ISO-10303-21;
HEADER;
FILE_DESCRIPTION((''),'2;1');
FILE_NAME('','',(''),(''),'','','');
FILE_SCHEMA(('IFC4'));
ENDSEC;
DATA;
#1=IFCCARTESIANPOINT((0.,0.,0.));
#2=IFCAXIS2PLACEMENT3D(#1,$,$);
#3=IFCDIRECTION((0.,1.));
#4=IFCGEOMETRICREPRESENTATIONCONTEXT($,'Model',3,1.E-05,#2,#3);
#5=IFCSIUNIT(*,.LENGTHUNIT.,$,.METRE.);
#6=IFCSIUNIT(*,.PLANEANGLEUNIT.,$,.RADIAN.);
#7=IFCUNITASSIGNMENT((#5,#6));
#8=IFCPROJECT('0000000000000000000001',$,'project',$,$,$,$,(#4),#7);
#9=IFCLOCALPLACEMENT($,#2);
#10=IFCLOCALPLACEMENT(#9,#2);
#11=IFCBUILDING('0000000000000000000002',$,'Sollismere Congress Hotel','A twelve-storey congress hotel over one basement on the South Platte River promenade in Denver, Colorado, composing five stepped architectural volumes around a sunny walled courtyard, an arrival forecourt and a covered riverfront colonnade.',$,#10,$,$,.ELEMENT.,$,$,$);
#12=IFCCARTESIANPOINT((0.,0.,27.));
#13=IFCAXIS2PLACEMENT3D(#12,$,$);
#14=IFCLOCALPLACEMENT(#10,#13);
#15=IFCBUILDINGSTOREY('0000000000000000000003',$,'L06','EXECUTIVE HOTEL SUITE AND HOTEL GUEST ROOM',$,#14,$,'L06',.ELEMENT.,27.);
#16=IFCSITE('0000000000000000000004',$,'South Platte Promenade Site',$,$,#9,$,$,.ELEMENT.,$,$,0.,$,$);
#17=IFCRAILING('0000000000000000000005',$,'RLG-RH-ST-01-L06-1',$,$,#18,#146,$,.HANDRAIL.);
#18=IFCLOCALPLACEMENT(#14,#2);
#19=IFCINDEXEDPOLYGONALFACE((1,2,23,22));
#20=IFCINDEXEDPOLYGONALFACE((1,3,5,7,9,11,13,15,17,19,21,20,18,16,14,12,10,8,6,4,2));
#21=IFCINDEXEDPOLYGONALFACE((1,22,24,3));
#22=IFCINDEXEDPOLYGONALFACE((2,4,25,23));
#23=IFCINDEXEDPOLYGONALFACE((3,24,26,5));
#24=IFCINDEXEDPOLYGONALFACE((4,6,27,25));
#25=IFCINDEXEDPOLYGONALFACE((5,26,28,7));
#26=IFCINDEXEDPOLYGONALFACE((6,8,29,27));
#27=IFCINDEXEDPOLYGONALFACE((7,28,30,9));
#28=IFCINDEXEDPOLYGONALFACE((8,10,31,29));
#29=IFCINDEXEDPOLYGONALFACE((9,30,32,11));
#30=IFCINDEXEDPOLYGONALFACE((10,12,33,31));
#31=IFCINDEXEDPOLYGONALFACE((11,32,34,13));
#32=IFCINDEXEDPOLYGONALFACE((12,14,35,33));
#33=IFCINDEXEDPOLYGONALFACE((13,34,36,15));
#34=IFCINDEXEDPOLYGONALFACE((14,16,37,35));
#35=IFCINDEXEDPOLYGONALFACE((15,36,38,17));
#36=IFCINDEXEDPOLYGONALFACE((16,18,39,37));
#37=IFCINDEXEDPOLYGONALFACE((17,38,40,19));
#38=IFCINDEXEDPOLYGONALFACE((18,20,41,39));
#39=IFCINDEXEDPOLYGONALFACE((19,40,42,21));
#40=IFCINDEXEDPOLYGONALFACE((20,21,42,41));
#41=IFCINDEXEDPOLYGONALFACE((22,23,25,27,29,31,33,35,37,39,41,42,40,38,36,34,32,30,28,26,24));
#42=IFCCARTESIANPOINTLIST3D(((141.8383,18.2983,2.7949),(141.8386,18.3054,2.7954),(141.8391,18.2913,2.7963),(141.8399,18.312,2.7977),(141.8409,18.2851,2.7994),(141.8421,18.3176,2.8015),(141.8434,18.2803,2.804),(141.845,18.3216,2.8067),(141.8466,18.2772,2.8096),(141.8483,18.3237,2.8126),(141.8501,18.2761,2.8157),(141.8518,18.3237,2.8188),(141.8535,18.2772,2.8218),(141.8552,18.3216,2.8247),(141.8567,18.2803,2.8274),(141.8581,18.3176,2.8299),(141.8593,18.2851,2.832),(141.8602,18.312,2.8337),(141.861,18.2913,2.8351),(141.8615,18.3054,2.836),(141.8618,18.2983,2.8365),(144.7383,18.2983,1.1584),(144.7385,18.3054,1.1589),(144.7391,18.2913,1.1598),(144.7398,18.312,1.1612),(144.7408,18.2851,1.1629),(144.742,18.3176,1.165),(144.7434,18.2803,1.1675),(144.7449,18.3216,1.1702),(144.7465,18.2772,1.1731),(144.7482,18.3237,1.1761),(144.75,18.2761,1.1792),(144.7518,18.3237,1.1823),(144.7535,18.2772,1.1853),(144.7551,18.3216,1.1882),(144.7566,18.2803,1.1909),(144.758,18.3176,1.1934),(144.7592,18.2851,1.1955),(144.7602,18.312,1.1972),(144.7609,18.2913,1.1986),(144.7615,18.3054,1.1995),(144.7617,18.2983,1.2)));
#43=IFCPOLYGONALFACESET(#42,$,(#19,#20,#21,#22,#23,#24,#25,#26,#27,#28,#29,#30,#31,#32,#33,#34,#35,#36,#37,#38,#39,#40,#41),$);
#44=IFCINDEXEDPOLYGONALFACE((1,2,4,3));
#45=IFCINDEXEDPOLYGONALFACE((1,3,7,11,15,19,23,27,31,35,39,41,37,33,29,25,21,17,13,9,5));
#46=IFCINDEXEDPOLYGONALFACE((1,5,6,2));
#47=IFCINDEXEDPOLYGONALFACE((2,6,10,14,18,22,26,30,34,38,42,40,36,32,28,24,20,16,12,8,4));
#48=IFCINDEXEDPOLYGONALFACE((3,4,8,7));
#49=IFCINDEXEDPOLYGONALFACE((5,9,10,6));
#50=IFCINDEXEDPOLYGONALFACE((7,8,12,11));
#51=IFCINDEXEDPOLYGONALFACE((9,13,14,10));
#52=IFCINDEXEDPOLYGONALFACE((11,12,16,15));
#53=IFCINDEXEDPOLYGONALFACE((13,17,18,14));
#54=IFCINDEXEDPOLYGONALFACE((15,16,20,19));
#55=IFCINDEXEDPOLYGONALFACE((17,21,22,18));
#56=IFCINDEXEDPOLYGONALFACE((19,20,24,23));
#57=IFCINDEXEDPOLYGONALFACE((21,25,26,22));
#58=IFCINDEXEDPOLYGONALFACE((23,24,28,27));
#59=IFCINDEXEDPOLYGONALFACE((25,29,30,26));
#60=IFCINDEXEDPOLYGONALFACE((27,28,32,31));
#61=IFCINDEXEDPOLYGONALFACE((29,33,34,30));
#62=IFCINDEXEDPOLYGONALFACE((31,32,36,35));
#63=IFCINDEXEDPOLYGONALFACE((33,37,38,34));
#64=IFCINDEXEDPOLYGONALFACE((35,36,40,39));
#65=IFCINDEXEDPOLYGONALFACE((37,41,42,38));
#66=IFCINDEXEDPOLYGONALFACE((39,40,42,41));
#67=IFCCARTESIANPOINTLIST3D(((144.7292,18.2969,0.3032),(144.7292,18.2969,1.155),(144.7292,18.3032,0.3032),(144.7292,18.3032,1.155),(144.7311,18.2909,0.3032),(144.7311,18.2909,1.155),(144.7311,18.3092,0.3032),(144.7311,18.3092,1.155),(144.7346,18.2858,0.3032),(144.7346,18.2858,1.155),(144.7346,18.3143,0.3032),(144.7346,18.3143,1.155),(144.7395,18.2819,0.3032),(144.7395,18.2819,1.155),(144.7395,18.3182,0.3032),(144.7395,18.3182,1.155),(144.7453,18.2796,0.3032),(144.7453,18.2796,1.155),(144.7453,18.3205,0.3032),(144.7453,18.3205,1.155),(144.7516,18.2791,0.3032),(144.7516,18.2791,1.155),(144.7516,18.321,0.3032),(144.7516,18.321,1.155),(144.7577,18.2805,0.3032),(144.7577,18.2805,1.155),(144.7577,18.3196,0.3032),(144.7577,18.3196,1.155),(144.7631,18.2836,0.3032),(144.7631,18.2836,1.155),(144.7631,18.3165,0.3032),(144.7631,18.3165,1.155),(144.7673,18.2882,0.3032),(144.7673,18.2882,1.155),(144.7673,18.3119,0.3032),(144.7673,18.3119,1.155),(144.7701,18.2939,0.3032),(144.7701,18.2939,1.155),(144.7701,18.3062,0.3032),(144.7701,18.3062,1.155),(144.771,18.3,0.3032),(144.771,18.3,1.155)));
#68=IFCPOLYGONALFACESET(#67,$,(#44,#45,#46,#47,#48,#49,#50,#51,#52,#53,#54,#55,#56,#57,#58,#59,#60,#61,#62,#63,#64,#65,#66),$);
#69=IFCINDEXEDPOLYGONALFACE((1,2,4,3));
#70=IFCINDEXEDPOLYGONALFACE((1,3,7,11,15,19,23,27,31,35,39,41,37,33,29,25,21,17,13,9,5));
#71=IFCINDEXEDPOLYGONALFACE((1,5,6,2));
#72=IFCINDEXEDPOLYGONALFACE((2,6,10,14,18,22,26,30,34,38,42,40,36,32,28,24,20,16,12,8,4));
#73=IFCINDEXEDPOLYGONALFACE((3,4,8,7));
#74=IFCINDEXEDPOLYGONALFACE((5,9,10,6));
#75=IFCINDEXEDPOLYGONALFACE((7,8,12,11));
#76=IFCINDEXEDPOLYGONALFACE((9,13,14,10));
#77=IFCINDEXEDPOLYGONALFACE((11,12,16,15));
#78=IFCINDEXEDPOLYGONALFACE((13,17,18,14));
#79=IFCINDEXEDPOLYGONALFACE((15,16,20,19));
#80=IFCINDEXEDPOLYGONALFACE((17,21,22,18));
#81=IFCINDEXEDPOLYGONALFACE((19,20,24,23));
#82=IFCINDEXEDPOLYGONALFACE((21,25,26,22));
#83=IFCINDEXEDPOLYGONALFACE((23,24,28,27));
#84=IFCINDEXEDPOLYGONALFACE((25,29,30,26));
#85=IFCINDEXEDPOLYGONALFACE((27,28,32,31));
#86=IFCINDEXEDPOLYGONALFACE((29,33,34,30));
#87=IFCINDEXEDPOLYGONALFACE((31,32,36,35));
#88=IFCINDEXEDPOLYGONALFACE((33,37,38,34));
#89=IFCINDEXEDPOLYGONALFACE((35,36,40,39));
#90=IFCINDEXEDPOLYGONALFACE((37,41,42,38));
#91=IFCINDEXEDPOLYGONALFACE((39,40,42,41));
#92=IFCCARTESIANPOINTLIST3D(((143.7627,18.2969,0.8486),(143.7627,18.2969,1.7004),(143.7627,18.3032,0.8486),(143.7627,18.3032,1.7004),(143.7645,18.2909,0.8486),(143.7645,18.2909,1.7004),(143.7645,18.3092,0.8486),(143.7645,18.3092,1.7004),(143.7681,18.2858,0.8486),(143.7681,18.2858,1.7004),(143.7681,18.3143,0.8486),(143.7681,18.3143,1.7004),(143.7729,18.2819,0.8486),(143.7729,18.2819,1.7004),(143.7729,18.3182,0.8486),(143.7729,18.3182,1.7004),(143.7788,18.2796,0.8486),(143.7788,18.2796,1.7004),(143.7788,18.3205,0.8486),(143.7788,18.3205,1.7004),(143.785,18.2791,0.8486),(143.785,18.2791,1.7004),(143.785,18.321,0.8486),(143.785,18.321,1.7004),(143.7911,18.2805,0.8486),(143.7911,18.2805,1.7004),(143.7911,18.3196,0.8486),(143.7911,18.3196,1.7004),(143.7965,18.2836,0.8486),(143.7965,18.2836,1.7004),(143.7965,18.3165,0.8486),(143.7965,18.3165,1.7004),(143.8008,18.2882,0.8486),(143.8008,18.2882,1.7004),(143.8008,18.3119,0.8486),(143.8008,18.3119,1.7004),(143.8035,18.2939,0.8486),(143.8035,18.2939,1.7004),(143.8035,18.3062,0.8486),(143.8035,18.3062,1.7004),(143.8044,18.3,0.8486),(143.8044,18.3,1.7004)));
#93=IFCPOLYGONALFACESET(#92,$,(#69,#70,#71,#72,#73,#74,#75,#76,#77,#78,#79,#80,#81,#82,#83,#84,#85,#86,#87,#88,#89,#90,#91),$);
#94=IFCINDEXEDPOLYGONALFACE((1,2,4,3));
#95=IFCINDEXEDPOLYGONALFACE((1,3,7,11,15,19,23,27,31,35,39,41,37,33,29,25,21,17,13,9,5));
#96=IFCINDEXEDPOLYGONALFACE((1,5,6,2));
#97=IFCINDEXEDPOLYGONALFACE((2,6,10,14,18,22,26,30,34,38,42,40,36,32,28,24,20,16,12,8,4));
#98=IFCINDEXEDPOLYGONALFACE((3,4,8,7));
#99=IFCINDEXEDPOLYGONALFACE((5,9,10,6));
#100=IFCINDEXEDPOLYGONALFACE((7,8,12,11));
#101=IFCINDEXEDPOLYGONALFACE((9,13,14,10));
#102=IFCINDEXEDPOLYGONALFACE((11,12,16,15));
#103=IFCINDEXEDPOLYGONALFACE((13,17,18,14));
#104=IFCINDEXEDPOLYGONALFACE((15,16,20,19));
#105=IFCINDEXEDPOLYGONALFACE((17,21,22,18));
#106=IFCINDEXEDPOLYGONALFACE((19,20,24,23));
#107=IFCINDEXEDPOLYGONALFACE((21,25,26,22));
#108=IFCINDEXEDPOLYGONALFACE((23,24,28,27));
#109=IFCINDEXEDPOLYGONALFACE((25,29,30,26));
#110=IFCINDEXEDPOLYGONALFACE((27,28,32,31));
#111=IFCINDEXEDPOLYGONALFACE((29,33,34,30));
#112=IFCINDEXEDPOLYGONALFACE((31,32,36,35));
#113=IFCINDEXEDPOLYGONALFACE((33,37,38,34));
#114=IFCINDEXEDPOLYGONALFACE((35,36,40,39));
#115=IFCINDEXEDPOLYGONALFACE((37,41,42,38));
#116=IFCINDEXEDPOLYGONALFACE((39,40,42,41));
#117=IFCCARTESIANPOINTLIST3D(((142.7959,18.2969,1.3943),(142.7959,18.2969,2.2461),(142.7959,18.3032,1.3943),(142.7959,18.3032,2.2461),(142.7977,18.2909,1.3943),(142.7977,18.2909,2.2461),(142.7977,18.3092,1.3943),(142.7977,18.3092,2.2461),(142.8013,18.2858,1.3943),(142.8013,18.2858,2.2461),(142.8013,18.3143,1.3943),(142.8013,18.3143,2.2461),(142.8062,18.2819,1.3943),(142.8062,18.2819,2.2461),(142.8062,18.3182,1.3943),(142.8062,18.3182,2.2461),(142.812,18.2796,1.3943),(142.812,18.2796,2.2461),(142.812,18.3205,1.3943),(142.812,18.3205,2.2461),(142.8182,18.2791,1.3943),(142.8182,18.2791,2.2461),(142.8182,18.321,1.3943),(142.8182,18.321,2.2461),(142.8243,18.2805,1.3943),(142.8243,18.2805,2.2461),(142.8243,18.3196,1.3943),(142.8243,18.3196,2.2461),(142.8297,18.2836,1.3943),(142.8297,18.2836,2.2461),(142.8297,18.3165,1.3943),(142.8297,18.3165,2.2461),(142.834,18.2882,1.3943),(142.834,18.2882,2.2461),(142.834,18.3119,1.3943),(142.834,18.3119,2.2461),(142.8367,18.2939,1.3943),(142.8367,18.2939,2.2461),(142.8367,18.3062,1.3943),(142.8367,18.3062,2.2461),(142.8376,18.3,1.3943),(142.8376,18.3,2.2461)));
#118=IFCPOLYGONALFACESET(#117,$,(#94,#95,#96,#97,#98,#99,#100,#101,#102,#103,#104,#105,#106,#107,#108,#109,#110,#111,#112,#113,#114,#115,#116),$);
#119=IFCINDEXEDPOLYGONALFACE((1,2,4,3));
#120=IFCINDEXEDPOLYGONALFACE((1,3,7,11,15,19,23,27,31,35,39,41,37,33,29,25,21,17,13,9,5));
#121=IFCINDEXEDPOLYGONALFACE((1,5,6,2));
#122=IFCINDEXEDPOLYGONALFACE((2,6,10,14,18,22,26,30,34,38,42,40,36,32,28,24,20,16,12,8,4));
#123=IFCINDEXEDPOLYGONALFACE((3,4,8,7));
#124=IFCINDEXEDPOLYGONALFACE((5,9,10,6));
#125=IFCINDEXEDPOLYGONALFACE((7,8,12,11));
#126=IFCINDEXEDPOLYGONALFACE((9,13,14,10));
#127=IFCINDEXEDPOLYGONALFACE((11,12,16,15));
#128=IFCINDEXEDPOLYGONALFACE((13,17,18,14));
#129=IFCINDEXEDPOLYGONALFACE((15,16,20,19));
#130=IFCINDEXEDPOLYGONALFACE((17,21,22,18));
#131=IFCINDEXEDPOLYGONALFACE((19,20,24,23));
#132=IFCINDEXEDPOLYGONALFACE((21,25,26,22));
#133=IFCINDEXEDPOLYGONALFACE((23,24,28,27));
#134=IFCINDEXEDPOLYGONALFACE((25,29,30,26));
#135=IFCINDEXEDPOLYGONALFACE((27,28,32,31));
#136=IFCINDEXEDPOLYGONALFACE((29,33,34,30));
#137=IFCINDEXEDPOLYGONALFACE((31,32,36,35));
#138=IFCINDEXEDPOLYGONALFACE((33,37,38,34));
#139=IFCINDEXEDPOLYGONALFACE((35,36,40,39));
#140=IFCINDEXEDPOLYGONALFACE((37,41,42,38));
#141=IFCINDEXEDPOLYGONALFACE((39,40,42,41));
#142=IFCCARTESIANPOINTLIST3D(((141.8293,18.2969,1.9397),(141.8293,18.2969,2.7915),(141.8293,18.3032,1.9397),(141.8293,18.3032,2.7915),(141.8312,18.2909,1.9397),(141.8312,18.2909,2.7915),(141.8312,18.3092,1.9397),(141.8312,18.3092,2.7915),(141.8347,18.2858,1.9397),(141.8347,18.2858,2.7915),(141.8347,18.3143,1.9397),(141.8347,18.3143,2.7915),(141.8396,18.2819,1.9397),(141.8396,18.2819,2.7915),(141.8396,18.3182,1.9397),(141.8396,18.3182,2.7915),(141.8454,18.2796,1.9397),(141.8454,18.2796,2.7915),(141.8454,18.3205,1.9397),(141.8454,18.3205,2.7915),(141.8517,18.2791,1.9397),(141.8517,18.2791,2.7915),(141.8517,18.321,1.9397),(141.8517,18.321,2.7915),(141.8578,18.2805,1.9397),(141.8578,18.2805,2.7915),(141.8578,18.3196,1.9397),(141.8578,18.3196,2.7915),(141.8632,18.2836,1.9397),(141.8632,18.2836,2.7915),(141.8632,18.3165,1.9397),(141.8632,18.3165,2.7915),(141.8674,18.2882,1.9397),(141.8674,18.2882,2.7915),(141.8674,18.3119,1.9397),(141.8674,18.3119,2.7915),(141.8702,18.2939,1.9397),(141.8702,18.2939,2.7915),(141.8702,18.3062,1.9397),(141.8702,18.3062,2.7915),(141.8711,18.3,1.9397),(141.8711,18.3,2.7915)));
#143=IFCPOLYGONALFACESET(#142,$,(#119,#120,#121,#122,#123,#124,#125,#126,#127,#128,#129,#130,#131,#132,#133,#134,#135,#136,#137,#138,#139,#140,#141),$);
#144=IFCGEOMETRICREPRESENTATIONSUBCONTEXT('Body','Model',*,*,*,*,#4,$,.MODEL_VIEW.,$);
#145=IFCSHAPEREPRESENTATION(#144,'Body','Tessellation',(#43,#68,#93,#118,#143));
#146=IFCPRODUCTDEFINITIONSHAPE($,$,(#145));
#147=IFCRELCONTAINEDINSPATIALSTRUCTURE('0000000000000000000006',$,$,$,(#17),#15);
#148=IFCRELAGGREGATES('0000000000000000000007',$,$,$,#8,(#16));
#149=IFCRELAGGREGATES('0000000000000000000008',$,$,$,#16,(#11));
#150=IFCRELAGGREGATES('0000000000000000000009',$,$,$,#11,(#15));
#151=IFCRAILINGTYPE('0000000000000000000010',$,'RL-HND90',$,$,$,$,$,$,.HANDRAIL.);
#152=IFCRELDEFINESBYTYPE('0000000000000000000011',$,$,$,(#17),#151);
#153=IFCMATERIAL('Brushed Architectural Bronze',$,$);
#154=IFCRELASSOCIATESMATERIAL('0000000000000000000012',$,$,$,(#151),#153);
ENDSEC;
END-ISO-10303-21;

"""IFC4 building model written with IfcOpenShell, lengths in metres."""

from ifc_helpers import new_model, si_unit, direction, frame, origin, origin_2d, place, context, subcontext, project, spatial, circle, extrude, material, type_object, element, save


model = new_model("IFC4")

# Units and contexts
model_context = context("Model", 3, precision=1e-05, world=origin(), true_north=direction((0.0, 1.0)))
body_context = subcontext(model_context, "Body", "Model", "MODEL_VIEW")
ifc_project = project(units=[si_unit("LENGTHUNIT", "METRE"), si_unit("PLANEANGLEUNIT", "RADIAN")], contexts=[model_context])

# Site, building, storey
site_placement = place(None, origin())
site = spatial("IfcSite", under=ifc_project, at=site_placement, Name="South Platte Promenade Site", CompositionType="ELEMENT", RefElevation=0.0)
building_placement = place(site_placement, origin())
building = spatial("IfcBuilding", under=site, at=building_placement, Name="Sollismere Congress Hotel", Description="A twelve-storey congress hotel over one basement on the South Platte River promenade in Denver, Colorado, composing five stepped architectural volumes around a sunny walled courtyard, an arrival forecourt and a covered riverfront colonnade.", CompositionType="ELEMENT")
storey_placement = place(building_placement, frame((0.0, 0.0, 27.0)))
storey = spatial("IfcBuildingStorey", under=building, at=storey_placement, Name="L06", Description="EXECUTIVE HOTEL SUITE AND HOTEL GUEST ROOM", LongName="L06", CompositionType="ELEMENT", Elevation=27.0)

# Railing
ifc_material_1 = material(Name="Brushed Architectural Bronze")
railing_type_1 = type_object("IfcRailingType", Name="RL-HND90", PredefinedType="HANDRAIL", material=ifc_material_1)
railing_1_placement = place(storey_placement, frame((144.75, 18.3, 0.3032)))
element("IfcRailing", 1, at=railing_1_placement, inside=storey, type_object=railing_type_1, Name="RLG-RH-ST-01-L06-1", PredefinedType="HANDRAIL", context=body_context, shape_type="SweptSolid", body=[
    extrude(circle(Radius=0.0239, at=origin_2d()), frame((0.0, 0.0, 0.876), z_axis=(-0.870897, 0.0, 0.491465), x_axis=(0.0, -1.0, 0.0)), (0.0, 0.0, 1.0), 3.3298),
    extrude(circle(Radius=0.021, at=origin_2d()), origin(), (0.0, 0.0, 1.0), 0.8518),
    extrude(circle(Radius=0.021, at=origin_2d()), frame((-0.9666, 0.0, 0.5454)), (0.0, 0.0, 1.0), 0.8518),
    extrude(circle(Radius=0.021, at=origin_2d()), frame((-1.9333, 0.0, 1.0911)), (0.0, 0.0, 1.0), 0.8518),
    extrude(circle(Radius=0.021, at=origin_2d()), frame((-2.8999, 0.0, 1.6365)), (0.0, 0.0, 1.0), 0.8518),
])

save(model, "model.ifc")
